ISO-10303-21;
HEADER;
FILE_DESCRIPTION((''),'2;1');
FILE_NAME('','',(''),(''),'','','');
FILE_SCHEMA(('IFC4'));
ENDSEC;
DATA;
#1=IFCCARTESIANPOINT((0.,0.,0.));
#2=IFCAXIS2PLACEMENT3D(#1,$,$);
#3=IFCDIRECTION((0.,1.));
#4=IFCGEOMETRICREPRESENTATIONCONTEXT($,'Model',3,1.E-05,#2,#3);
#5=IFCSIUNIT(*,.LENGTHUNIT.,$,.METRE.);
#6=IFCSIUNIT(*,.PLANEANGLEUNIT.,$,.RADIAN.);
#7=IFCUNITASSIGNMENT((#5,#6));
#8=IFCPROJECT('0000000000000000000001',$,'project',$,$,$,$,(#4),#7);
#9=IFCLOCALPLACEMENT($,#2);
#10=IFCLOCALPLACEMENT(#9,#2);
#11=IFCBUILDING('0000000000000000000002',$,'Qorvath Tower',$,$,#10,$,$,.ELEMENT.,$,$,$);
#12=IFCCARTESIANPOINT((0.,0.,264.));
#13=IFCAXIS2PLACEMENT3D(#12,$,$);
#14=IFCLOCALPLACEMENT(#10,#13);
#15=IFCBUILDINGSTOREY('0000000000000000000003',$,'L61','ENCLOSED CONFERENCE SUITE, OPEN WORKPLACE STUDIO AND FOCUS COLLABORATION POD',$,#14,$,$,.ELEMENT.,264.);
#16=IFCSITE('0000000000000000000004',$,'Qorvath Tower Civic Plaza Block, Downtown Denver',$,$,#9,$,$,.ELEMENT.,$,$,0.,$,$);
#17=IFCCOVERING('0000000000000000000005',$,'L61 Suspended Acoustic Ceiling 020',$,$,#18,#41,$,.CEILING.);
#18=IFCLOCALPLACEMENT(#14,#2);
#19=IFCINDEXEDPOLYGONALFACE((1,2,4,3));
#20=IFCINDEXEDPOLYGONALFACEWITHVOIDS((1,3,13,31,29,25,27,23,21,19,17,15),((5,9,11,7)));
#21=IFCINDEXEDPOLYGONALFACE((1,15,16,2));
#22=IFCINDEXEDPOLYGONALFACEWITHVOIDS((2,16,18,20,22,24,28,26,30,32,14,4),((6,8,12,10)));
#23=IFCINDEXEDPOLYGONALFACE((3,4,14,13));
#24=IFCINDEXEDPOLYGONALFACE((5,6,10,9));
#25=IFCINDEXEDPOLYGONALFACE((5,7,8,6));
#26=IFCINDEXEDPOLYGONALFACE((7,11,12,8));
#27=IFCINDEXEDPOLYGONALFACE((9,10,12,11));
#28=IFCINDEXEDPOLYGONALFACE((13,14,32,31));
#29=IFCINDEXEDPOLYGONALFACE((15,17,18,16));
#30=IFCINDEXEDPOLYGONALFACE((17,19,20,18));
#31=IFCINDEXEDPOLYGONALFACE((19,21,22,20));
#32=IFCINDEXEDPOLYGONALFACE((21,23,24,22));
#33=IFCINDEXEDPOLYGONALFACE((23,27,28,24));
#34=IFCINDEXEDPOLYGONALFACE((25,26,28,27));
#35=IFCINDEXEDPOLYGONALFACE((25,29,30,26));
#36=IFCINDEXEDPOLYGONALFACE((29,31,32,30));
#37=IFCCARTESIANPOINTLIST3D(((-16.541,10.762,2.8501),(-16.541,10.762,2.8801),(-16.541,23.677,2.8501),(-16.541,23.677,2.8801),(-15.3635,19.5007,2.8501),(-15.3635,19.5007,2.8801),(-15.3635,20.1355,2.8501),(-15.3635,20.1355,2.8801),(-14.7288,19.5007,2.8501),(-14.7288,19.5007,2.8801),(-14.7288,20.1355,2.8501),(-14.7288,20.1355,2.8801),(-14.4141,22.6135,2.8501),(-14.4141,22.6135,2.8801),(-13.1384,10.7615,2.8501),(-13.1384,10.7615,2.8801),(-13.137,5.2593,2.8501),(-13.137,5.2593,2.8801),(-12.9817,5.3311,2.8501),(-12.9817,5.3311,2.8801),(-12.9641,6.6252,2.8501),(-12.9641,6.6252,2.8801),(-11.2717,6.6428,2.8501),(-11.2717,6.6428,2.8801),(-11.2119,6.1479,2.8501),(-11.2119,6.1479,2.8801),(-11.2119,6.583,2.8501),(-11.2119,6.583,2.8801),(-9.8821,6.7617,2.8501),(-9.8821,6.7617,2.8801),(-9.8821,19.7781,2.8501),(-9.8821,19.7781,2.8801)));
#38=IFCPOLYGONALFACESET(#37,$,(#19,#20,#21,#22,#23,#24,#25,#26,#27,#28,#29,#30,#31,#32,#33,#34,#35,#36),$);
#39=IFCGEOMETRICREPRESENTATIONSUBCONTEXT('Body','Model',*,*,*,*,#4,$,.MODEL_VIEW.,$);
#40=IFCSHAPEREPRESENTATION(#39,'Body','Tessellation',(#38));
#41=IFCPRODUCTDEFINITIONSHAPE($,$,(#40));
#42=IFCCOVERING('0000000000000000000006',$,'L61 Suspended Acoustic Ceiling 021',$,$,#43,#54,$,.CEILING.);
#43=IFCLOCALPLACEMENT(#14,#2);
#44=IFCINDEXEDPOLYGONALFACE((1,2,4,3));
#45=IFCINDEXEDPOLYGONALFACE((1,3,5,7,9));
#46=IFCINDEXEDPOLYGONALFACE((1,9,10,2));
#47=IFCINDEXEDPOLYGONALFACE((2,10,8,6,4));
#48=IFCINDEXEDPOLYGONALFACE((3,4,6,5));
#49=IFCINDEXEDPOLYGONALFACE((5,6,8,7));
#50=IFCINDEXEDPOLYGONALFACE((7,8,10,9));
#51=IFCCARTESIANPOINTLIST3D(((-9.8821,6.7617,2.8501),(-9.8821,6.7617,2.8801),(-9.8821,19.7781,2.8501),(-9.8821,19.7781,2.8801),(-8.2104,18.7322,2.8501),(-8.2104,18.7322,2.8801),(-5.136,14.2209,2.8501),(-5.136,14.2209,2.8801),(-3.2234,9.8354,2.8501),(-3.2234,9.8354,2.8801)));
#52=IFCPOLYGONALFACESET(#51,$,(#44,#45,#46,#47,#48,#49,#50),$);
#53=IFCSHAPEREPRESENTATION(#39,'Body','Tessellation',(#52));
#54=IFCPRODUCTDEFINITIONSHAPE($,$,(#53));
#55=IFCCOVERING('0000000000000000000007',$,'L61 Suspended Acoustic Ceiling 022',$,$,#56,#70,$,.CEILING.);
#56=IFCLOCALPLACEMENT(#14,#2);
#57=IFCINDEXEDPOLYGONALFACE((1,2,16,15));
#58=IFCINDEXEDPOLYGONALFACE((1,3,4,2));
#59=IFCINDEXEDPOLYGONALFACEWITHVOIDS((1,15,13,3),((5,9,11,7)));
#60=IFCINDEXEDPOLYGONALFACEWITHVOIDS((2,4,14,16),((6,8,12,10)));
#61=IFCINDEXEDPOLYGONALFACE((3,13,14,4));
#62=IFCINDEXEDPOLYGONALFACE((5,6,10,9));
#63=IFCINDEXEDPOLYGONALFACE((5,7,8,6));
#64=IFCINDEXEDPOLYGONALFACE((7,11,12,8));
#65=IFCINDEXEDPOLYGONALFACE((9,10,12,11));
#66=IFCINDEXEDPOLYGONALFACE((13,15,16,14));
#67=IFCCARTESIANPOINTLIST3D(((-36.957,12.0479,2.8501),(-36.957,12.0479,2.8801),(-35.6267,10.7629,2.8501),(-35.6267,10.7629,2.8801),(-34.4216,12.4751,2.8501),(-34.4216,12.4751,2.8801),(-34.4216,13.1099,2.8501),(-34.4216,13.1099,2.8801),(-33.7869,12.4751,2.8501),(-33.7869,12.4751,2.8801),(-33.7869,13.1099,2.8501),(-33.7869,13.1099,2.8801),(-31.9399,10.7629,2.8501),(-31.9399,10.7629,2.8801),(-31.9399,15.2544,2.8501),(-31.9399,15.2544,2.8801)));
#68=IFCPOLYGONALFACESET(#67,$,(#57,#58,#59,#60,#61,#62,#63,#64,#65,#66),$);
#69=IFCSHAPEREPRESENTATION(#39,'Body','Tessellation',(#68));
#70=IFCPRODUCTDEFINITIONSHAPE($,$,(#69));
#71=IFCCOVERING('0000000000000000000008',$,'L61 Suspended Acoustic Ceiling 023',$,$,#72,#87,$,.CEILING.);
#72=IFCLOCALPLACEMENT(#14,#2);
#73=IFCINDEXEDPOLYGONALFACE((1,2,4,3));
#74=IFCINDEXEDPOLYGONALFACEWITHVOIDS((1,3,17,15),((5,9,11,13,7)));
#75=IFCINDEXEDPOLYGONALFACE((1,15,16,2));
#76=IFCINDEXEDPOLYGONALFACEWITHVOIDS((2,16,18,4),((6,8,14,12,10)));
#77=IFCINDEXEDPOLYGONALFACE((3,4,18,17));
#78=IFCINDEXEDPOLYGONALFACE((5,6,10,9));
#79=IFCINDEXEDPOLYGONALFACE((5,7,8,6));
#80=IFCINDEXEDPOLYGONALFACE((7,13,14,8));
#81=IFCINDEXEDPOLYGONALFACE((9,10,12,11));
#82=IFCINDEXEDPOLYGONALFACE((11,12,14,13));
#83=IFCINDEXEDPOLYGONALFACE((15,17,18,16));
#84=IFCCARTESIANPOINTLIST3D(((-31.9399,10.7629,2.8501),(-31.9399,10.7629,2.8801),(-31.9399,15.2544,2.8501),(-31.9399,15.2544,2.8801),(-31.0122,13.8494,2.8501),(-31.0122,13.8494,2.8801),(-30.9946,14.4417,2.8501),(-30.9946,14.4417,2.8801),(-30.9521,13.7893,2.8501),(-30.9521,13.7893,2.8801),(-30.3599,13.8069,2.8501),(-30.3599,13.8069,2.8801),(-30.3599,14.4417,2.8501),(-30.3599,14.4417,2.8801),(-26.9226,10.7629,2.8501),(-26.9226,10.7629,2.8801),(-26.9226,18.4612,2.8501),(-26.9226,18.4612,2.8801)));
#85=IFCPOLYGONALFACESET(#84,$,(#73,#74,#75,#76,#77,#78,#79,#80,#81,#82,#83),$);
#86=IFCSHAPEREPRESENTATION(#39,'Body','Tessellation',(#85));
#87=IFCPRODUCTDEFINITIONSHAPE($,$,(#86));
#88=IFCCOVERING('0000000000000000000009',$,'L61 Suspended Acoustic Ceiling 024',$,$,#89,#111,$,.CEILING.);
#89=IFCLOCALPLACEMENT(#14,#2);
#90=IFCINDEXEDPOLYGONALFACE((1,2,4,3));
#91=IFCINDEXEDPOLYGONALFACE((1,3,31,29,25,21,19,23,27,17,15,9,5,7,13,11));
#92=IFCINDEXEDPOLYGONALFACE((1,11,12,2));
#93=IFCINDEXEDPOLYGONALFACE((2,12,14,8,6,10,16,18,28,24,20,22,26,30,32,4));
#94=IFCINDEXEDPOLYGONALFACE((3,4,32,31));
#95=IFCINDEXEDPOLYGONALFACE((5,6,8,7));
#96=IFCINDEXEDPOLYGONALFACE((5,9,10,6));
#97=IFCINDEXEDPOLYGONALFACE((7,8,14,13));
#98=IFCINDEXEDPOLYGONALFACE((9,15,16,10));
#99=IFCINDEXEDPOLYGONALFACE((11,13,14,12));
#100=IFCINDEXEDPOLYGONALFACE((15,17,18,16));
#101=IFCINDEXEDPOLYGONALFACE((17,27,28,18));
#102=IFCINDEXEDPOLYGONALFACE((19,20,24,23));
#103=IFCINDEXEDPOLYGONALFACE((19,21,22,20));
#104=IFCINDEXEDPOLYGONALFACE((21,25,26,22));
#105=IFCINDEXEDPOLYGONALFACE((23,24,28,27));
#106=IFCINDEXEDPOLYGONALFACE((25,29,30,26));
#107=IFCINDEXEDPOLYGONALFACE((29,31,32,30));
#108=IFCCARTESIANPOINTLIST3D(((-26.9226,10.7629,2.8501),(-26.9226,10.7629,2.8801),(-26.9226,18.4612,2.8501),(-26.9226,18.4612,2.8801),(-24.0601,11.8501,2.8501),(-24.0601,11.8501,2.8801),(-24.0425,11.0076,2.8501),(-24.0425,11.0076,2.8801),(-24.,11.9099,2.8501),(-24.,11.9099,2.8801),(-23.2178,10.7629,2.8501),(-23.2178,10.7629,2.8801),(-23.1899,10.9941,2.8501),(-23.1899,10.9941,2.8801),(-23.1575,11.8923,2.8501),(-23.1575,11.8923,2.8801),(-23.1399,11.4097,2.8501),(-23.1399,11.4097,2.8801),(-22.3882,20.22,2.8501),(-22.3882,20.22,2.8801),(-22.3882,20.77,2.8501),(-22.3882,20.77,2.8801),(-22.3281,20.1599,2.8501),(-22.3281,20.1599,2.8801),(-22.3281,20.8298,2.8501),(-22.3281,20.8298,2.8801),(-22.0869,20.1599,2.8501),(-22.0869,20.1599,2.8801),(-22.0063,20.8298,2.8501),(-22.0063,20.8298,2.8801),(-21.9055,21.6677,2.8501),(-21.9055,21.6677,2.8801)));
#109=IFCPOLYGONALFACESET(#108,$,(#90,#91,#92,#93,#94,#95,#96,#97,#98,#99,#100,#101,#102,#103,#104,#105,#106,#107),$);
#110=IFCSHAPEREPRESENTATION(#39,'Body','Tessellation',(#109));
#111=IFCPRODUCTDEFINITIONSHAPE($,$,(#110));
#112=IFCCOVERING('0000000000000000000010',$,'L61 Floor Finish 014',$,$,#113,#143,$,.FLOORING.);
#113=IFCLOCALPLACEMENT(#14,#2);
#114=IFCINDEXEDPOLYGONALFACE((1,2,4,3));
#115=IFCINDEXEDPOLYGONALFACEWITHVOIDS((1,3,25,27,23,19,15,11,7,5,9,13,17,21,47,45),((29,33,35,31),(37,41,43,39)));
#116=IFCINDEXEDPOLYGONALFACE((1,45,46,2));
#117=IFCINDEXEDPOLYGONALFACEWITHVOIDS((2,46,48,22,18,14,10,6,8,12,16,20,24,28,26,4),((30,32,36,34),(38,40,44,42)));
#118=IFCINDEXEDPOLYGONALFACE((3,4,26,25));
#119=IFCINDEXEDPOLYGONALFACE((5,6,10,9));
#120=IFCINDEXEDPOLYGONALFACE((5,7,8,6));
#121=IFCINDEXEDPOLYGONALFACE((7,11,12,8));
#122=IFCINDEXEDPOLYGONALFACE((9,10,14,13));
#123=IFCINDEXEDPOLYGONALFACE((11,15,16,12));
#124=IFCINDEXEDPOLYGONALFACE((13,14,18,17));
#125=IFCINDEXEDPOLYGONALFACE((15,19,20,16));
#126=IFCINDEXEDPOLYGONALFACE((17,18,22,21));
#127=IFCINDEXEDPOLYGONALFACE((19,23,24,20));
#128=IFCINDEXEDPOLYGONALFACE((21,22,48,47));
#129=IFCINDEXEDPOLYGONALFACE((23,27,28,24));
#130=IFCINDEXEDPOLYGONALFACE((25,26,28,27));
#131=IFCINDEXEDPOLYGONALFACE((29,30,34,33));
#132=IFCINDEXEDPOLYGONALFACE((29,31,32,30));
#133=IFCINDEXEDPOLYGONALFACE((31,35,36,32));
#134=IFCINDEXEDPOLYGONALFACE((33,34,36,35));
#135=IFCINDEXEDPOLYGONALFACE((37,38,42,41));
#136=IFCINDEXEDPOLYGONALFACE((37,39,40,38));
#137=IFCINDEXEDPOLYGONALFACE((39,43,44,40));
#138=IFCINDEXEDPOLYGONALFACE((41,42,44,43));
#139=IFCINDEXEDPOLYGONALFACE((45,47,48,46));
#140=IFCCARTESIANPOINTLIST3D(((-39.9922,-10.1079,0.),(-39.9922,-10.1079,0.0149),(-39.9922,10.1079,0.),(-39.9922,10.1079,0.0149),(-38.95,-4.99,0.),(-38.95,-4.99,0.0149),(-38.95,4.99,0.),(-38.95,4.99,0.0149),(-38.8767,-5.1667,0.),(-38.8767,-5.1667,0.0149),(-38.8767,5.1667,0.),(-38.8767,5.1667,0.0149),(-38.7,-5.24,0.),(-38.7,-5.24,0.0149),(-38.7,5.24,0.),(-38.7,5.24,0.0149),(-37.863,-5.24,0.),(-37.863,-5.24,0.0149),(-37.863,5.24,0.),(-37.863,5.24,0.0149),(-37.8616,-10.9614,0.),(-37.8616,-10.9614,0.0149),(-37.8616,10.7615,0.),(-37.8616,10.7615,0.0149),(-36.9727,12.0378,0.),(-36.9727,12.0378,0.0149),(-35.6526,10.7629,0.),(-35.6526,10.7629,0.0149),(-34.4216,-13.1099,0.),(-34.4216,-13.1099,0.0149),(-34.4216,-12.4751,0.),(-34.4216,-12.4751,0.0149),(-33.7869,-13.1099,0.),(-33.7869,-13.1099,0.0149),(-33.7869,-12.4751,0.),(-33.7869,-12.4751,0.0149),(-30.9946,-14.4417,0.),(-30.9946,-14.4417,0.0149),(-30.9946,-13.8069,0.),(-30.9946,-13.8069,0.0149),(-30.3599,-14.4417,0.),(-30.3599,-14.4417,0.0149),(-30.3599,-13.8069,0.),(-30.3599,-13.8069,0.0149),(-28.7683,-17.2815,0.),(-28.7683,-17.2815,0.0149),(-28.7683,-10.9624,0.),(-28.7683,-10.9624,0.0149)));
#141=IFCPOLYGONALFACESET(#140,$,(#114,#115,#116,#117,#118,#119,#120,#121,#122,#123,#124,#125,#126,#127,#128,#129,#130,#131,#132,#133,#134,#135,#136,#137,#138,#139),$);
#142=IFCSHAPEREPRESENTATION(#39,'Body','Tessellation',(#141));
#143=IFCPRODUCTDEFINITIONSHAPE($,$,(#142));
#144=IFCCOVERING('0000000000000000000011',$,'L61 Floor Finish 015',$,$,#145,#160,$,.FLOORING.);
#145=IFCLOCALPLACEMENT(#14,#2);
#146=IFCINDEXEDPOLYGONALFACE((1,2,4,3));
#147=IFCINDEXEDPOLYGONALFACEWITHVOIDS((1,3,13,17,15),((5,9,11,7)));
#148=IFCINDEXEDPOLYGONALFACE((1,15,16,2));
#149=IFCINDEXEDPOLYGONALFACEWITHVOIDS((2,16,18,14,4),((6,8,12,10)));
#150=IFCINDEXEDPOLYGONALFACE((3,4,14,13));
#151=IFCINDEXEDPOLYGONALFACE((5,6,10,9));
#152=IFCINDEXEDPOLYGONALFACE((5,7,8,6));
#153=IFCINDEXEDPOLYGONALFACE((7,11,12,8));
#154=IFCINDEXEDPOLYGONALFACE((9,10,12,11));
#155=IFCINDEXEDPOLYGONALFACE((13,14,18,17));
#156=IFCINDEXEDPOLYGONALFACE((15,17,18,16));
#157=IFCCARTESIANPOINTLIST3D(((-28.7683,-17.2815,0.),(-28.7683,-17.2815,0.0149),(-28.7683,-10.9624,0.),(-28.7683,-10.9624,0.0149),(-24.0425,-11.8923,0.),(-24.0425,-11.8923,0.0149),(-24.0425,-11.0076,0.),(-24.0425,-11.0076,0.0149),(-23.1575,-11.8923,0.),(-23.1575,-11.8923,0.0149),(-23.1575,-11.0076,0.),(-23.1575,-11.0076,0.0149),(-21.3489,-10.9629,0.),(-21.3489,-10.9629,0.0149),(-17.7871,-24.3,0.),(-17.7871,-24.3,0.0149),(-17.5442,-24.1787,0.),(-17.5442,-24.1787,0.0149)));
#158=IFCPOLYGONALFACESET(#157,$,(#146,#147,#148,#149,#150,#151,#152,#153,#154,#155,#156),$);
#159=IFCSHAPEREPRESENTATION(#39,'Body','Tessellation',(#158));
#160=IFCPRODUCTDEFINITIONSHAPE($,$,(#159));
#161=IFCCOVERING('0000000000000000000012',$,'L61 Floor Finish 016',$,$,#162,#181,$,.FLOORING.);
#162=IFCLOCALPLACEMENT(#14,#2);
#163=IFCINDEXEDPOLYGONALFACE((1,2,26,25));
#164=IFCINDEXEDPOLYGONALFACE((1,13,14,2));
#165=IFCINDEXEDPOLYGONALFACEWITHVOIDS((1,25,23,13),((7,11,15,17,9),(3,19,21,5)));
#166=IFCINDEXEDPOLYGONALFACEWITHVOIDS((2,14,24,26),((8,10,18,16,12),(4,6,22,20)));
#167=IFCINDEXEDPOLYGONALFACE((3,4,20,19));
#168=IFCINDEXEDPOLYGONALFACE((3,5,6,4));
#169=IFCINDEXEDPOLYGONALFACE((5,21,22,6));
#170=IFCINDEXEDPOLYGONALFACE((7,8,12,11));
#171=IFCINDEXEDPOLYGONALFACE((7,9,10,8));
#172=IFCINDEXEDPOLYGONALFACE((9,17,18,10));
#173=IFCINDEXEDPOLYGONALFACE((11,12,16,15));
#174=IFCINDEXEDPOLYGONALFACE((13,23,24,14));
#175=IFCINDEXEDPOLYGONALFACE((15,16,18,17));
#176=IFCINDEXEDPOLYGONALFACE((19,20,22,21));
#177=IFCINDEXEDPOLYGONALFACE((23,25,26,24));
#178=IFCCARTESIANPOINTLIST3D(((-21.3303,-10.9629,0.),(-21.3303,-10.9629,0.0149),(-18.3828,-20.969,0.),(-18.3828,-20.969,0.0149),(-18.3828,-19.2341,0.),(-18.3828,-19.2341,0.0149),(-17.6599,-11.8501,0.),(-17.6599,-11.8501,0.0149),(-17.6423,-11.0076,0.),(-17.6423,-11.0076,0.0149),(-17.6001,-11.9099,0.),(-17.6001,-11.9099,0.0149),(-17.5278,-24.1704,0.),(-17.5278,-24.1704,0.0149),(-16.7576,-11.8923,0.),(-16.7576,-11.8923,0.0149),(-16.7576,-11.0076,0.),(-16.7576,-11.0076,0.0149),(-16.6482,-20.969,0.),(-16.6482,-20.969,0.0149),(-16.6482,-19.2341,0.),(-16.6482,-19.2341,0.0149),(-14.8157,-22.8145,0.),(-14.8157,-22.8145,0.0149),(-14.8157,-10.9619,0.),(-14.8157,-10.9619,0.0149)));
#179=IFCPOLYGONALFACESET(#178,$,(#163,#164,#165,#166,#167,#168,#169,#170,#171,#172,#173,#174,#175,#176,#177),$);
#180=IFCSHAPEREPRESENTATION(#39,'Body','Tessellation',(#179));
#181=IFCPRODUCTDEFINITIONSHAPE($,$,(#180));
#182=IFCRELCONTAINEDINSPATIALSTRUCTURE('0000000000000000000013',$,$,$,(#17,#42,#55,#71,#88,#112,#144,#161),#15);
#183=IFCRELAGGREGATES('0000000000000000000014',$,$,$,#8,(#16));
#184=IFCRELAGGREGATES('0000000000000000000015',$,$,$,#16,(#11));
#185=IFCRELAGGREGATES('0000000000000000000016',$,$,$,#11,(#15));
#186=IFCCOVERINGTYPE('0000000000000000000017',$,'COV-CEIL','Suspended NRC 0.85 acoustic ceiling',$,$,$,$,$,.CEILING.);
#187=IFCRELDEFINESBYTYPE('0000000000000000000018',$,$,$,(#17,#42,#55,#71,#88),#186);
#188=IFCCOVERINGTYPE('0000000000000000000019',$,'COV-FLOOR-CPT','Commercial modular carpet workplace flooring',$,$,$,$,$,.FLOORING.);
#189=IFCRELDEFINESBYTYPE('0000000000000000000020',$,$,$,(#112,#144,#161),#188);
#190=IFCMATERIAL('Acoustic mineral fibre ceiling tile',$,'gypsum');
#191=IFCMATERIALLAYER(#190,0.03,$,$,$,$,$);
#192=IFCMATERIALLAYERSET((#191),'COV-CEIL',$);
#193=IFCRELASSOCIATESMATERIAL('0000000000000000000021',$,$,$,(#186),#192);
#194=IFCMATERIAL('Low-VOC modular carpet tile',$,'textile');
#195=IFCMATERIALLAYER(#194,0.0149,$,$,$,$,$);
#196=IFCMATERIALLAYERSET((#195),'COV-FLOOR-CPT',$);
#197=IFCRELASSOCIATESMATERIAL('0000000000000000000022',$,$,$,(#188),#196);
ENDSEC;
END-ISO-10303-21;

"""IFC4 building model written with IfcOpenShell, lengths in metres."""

from ifc_helpers import new_model, si_unit, direction, frame, origin, place, context, subcontext, project, spatial, polyline, outline, extrude, material, layer, layer_set, type_object, element, save


model = new_model("IFC4")

# Units and contexts
model_context = context("Model", 3, precision=1e-05, world=origin(), true_north=direction((0.0, 1.0)))
body_context = subcontext(model_context, "Body", "Model", "MODEL_VIEW")
ifc_project = project(units=[si_unit("LENGTHUNIT", "METRE"), si_unit("PLANEANGLEUNIT", "RADIAN")], contexts=[model_context])

# Site, building, storey
site_placement = place(None, origin())
site = spatial("IfcSite", under=ifc_project, at=site_placement, Name="Qorvath Tower Civic Plaza Block, Downtown Denver", CompositionType="ELEMENT", RefElevation=0.0)
building_placement = place(site_placement, origin())
building = spatial("IfcBuilding", under=site, at=building_placement, Name="Qorvath Tower", CompositionType="ELEMENT")
storey_placement = place(building_placement, frame((0.0, 0.0, 264.0)))
storey = spatial("IfcBuildingStorey", under=building, at=storey_placement, Name="L61", Description="ENCLOSED CONFERENCE SUITE, OPEN WORKPLACE STUDIO AND FOCUS COLLABORATION POD", CompositionType="ELEMENT", Elevation=264.0)

# Coverings
ifc_material_1 = material(Name="Acoustic mineral fibre ceiling tile", Category="gypsum")
ifc_layer_1 = layer(ifc_material_1, 0.03)
ifc_layer_set_1 = layer_set([ifc_layer_1], Name="COV-CEIL")
covering_type_1 = type_object("IfcCoveringType", Name="COV-CEIL", Description="Suspended NRC 0.85 acoustic ceiling", PredefinedType="CEILING", material=ifc_layer_set_1)
covering_1_placement = place(storey_placement, frame((0.0, 0.0, 2.8501)))
element("IfcCovering", 1, at=covering_1_placement, inside=storey, type_object=covering_type_1, Name="L61 Suspended Acoustic Ceiling 020", PredefinedType="CEILING", context=body_context, shape_type="SweptSolid", body=[
    extrude(outline(polyline([(-16.541, 23.677), (-16.541, 10.762), (-13.1384, 10.7615), (-13.137, 5.2593), (-12.9817, 5.3311), (-12.9641, 6.6252), (-11.2717, 6.6428), (-11.2119, 6.583), (-11.2119, 6.1479), (-9.8821, 6.7617), (-9.8821, 19.7781), (-14.4141, 22.6135), (-16.541, 23.677)]), holes=[polyline([(-15.3635, 19.5007), (-15.3635, 20.1355), (-14.7288, 20.1355), (-14.7288, 19.5007), (-15.3635, 19.5007)])]), origin(), (0.0, 0.0, 1.0), 0.03),
])
covering_2_placement = place(storey_placement, frame((0.0, 0.0, 2.8501)))
element("IfcCovering", 2, at=covering_2_placement, inside=storey, type_object=covering_type_1, Name="L61 Suspended Acoustic Ceiling 021", PredefinedType="CEILING", context=body_context, shape_type="SweptSolid", body=[
    extrude(outline(polyline([(-9.8821, 19.7781), (-9.8821, 6.7617), (-3.2234, 9.8354), (-5.136, 14.2209), (-8.2104, 18.7322), (-9.8821, 19.7781)])), origin(), (0.0, 0.0, 1.0), 0.03),
])
covering_3_placement = place(storey_placement, frame((0.0, 0.0, 2.8501)))
element("IfcCovering", 3, at=covering_3_placement, inside=storey, type_object=covering_type_1, Name="L61 Suspended Acoustic Ceiling 022", PredefinedType="CEILING", context=body_context, shape_type="SweptSolid", body=[
    extrude(outline(polyline([(-31.9399, 10.7629), (-31.9399, 15.2544), (-36.957, 12.0479), (-35.6267, 10.7629), (-31.9399, 10.7629)]), holes=[polyline([(-34.4216, 12.4751), (-34.4216, 13.1099), (-33.7869, 13.1099), (-33.7869, 12.4751), (-34.4216, 12.4751)])]), origin(), (0.0, 0.0, 1.0), 0.03),
])
covering_4_placement = place(storey_placement, frame((0.0, 0.0, 2.8501)))
element("IfcCovering", 4, at=covering_4_placement, inside=storey, type_object=covering_type_1, Name="L61 Suspended Acoustic Ceiling 023", PredefinedType="CEILING", context=body_context, shape_type="SweptSolid", body=[
    extrude(outline(polyline([(-26.9226, 10.7629), (-26.9226, 18.4612), (-31.9399, 15.2544), (-31.9399, 10.7629), (-26.9226, 10.7629)]), holes=[polyline([(-31.0122, 13.8494), (-30.9946, 14.4417), (-30.3599, 14.4417), (-30.3599, 13.8069), (-30.9521, 13.7893), (-31.0122, 13.8494)])]), origin(), (0.0, 0.0, 1.0), 0.03),
])
covering_5_placement = place(storey_placement, frame((0.0, 0.0, 2.8501)))
element("IfcCovering", 5, at=covering_5_placement, inside=storey, type_object=covering_type_1, Name="L61 Suspended Acoustic Ceiling 024", PredefinedType="CEILING", context=body_context, shape_type="SweptSolid", body=[
    extrude(outline(polyline([(-22.3281, 20.8298), (-22.0063, 20.8298), (-21.9055, 21.6677), (-26.9226, 18.4612), (-26.9226, 10.7629), (-23.2178, 10.7629), (-23.1899, 10.9941), (-24.0425, 11.0076), (-24.0601, 11.8501), (-24.0, 11.9099), (-23.1575, 11.8923), (-23.1399, 11.4097), (-22.0869, 20.1599), (-22.3281, 20.1599), (-22.3882, 20.22), (-22.3882, 20.77), (-22.3281, 20.8298)])), origin(), (0.0, 0.0, 1.0), 0.03),
])
ifc_material_2 = material(Name="Low-VOC modular carpet tile", Category="textile")
ifc_layer_2 = layer(ifc_material_2, 0.0149)
ifc_layer_set_2 = layer_set([ifc_layer_2], Name="COV-FLOOR-CPT")
covering_type_2 = type_object("IfcCoveringType", Name="COV-FLOOR-CPT", Description="Commercial modular carpet workplace flooring", PredefinedType="FLOORING", material=ifc_layer_set_2)
covering_6_placement = place(storey_placement, origin())
element("IfcCovering", 6, at=covering_6_placement, inside=storey, type_object=covering_type_2, Name="L61 Floor Finish 014", PredefinedType="FLOORING", context=body_context, shape_type="SweptSolid", body=[
    extrude(outline(polyline([(-39.9922, 10.1079), (-39.9922, -10.1079), (-28.7683, -17.2815), (-28.7683, -10.9624), (-37.8616, -10.9614), (-37.863, -5.24), (-38.7, -5.24), (-38.8767, -5.1667), (-38.95, -4.99), (-38.95, 4.99), (-38.8767, 5.1667), (-38.7, 5.24), (-37.863, 5.24), (-37.8616, 10.7615), (-35.6526, 10.7629), (-36.9727, 12.0378), (-39.9922, 10.1079)]), holes=[polyline([(-30.9946, -14.4417), (-30.9946, -13.8069), (-30.3599, -13.8069), (-30.3599, -14.4417), (-30.9946, -14.4417)]), polyline([(-34.4216, -13.1099), (-34.4216, -12.4751), (-33.7869, -12.4751), (-33.7869, -13.1099), (-34.4216, -13.1099)])]), origin(), (0.0, 0.0, 1.0), 0.0149),
])
covering_7_placement = place(storey_placement, origin())
element("IfcCovering", 7, at=covering_7_placement, inside=storey, type_object=covering_type_2, Name="L61 Floor Finish 015", PredefinedType="FLOORING", context=body_context, shape_type="SweptSolid", body=[
    extrude(outline(polyline([(-28.7683, -10.9624), (-28.7683, -17.2815), (-17.7871, -24.3), (-17.5442, -24.1787), (-21.3489, -10.9629), (-28.7683, -10.9624)]), holes=[polyline([(-24.0425, -11.8923), (-24.0425, -11.0076), (-23.1575, -11.0076), (-23.1575, -11.8923), (-24.0425, -11.8923)])]), origin(), (0.0, 0.0, 1.0), 0.0149),
])
covering_8_placement = place(storey_placement, origin())
element("IfcCovering", 8, at=covering_8_placement, inside=storey, type_object=covering_type_2, Name="L61 Floor Finish 016", PredefinedType="FLOORING", context=body_context, shape_type="SweptSolid", body=[
    extrude(outline(polyline([(-14.8157, -22.8145), (-14.8157, -10.9619), (-21.3303, -10.9629), (-17.5278, -24.1704), (-14.8157, -22.8145)]), holes=[polyline([(-18.3828, -20.969), (-18.3828, -19.2341), (-16.6482, -19.2341), (-16.6482, -20.969), (-18.3828, -20.969)]), polyline([(-17.6599, -11.8501), (-17.6423, -11.0076), (-16.7576, -11.0076), (-16.7576, -11.8923), (-17.6001, -11.9099), (-17.6599, -11.8501)])]), origin(), (0.0, 0.0, 1.0), 0.0149),
])

save(model, "model.ifc")
